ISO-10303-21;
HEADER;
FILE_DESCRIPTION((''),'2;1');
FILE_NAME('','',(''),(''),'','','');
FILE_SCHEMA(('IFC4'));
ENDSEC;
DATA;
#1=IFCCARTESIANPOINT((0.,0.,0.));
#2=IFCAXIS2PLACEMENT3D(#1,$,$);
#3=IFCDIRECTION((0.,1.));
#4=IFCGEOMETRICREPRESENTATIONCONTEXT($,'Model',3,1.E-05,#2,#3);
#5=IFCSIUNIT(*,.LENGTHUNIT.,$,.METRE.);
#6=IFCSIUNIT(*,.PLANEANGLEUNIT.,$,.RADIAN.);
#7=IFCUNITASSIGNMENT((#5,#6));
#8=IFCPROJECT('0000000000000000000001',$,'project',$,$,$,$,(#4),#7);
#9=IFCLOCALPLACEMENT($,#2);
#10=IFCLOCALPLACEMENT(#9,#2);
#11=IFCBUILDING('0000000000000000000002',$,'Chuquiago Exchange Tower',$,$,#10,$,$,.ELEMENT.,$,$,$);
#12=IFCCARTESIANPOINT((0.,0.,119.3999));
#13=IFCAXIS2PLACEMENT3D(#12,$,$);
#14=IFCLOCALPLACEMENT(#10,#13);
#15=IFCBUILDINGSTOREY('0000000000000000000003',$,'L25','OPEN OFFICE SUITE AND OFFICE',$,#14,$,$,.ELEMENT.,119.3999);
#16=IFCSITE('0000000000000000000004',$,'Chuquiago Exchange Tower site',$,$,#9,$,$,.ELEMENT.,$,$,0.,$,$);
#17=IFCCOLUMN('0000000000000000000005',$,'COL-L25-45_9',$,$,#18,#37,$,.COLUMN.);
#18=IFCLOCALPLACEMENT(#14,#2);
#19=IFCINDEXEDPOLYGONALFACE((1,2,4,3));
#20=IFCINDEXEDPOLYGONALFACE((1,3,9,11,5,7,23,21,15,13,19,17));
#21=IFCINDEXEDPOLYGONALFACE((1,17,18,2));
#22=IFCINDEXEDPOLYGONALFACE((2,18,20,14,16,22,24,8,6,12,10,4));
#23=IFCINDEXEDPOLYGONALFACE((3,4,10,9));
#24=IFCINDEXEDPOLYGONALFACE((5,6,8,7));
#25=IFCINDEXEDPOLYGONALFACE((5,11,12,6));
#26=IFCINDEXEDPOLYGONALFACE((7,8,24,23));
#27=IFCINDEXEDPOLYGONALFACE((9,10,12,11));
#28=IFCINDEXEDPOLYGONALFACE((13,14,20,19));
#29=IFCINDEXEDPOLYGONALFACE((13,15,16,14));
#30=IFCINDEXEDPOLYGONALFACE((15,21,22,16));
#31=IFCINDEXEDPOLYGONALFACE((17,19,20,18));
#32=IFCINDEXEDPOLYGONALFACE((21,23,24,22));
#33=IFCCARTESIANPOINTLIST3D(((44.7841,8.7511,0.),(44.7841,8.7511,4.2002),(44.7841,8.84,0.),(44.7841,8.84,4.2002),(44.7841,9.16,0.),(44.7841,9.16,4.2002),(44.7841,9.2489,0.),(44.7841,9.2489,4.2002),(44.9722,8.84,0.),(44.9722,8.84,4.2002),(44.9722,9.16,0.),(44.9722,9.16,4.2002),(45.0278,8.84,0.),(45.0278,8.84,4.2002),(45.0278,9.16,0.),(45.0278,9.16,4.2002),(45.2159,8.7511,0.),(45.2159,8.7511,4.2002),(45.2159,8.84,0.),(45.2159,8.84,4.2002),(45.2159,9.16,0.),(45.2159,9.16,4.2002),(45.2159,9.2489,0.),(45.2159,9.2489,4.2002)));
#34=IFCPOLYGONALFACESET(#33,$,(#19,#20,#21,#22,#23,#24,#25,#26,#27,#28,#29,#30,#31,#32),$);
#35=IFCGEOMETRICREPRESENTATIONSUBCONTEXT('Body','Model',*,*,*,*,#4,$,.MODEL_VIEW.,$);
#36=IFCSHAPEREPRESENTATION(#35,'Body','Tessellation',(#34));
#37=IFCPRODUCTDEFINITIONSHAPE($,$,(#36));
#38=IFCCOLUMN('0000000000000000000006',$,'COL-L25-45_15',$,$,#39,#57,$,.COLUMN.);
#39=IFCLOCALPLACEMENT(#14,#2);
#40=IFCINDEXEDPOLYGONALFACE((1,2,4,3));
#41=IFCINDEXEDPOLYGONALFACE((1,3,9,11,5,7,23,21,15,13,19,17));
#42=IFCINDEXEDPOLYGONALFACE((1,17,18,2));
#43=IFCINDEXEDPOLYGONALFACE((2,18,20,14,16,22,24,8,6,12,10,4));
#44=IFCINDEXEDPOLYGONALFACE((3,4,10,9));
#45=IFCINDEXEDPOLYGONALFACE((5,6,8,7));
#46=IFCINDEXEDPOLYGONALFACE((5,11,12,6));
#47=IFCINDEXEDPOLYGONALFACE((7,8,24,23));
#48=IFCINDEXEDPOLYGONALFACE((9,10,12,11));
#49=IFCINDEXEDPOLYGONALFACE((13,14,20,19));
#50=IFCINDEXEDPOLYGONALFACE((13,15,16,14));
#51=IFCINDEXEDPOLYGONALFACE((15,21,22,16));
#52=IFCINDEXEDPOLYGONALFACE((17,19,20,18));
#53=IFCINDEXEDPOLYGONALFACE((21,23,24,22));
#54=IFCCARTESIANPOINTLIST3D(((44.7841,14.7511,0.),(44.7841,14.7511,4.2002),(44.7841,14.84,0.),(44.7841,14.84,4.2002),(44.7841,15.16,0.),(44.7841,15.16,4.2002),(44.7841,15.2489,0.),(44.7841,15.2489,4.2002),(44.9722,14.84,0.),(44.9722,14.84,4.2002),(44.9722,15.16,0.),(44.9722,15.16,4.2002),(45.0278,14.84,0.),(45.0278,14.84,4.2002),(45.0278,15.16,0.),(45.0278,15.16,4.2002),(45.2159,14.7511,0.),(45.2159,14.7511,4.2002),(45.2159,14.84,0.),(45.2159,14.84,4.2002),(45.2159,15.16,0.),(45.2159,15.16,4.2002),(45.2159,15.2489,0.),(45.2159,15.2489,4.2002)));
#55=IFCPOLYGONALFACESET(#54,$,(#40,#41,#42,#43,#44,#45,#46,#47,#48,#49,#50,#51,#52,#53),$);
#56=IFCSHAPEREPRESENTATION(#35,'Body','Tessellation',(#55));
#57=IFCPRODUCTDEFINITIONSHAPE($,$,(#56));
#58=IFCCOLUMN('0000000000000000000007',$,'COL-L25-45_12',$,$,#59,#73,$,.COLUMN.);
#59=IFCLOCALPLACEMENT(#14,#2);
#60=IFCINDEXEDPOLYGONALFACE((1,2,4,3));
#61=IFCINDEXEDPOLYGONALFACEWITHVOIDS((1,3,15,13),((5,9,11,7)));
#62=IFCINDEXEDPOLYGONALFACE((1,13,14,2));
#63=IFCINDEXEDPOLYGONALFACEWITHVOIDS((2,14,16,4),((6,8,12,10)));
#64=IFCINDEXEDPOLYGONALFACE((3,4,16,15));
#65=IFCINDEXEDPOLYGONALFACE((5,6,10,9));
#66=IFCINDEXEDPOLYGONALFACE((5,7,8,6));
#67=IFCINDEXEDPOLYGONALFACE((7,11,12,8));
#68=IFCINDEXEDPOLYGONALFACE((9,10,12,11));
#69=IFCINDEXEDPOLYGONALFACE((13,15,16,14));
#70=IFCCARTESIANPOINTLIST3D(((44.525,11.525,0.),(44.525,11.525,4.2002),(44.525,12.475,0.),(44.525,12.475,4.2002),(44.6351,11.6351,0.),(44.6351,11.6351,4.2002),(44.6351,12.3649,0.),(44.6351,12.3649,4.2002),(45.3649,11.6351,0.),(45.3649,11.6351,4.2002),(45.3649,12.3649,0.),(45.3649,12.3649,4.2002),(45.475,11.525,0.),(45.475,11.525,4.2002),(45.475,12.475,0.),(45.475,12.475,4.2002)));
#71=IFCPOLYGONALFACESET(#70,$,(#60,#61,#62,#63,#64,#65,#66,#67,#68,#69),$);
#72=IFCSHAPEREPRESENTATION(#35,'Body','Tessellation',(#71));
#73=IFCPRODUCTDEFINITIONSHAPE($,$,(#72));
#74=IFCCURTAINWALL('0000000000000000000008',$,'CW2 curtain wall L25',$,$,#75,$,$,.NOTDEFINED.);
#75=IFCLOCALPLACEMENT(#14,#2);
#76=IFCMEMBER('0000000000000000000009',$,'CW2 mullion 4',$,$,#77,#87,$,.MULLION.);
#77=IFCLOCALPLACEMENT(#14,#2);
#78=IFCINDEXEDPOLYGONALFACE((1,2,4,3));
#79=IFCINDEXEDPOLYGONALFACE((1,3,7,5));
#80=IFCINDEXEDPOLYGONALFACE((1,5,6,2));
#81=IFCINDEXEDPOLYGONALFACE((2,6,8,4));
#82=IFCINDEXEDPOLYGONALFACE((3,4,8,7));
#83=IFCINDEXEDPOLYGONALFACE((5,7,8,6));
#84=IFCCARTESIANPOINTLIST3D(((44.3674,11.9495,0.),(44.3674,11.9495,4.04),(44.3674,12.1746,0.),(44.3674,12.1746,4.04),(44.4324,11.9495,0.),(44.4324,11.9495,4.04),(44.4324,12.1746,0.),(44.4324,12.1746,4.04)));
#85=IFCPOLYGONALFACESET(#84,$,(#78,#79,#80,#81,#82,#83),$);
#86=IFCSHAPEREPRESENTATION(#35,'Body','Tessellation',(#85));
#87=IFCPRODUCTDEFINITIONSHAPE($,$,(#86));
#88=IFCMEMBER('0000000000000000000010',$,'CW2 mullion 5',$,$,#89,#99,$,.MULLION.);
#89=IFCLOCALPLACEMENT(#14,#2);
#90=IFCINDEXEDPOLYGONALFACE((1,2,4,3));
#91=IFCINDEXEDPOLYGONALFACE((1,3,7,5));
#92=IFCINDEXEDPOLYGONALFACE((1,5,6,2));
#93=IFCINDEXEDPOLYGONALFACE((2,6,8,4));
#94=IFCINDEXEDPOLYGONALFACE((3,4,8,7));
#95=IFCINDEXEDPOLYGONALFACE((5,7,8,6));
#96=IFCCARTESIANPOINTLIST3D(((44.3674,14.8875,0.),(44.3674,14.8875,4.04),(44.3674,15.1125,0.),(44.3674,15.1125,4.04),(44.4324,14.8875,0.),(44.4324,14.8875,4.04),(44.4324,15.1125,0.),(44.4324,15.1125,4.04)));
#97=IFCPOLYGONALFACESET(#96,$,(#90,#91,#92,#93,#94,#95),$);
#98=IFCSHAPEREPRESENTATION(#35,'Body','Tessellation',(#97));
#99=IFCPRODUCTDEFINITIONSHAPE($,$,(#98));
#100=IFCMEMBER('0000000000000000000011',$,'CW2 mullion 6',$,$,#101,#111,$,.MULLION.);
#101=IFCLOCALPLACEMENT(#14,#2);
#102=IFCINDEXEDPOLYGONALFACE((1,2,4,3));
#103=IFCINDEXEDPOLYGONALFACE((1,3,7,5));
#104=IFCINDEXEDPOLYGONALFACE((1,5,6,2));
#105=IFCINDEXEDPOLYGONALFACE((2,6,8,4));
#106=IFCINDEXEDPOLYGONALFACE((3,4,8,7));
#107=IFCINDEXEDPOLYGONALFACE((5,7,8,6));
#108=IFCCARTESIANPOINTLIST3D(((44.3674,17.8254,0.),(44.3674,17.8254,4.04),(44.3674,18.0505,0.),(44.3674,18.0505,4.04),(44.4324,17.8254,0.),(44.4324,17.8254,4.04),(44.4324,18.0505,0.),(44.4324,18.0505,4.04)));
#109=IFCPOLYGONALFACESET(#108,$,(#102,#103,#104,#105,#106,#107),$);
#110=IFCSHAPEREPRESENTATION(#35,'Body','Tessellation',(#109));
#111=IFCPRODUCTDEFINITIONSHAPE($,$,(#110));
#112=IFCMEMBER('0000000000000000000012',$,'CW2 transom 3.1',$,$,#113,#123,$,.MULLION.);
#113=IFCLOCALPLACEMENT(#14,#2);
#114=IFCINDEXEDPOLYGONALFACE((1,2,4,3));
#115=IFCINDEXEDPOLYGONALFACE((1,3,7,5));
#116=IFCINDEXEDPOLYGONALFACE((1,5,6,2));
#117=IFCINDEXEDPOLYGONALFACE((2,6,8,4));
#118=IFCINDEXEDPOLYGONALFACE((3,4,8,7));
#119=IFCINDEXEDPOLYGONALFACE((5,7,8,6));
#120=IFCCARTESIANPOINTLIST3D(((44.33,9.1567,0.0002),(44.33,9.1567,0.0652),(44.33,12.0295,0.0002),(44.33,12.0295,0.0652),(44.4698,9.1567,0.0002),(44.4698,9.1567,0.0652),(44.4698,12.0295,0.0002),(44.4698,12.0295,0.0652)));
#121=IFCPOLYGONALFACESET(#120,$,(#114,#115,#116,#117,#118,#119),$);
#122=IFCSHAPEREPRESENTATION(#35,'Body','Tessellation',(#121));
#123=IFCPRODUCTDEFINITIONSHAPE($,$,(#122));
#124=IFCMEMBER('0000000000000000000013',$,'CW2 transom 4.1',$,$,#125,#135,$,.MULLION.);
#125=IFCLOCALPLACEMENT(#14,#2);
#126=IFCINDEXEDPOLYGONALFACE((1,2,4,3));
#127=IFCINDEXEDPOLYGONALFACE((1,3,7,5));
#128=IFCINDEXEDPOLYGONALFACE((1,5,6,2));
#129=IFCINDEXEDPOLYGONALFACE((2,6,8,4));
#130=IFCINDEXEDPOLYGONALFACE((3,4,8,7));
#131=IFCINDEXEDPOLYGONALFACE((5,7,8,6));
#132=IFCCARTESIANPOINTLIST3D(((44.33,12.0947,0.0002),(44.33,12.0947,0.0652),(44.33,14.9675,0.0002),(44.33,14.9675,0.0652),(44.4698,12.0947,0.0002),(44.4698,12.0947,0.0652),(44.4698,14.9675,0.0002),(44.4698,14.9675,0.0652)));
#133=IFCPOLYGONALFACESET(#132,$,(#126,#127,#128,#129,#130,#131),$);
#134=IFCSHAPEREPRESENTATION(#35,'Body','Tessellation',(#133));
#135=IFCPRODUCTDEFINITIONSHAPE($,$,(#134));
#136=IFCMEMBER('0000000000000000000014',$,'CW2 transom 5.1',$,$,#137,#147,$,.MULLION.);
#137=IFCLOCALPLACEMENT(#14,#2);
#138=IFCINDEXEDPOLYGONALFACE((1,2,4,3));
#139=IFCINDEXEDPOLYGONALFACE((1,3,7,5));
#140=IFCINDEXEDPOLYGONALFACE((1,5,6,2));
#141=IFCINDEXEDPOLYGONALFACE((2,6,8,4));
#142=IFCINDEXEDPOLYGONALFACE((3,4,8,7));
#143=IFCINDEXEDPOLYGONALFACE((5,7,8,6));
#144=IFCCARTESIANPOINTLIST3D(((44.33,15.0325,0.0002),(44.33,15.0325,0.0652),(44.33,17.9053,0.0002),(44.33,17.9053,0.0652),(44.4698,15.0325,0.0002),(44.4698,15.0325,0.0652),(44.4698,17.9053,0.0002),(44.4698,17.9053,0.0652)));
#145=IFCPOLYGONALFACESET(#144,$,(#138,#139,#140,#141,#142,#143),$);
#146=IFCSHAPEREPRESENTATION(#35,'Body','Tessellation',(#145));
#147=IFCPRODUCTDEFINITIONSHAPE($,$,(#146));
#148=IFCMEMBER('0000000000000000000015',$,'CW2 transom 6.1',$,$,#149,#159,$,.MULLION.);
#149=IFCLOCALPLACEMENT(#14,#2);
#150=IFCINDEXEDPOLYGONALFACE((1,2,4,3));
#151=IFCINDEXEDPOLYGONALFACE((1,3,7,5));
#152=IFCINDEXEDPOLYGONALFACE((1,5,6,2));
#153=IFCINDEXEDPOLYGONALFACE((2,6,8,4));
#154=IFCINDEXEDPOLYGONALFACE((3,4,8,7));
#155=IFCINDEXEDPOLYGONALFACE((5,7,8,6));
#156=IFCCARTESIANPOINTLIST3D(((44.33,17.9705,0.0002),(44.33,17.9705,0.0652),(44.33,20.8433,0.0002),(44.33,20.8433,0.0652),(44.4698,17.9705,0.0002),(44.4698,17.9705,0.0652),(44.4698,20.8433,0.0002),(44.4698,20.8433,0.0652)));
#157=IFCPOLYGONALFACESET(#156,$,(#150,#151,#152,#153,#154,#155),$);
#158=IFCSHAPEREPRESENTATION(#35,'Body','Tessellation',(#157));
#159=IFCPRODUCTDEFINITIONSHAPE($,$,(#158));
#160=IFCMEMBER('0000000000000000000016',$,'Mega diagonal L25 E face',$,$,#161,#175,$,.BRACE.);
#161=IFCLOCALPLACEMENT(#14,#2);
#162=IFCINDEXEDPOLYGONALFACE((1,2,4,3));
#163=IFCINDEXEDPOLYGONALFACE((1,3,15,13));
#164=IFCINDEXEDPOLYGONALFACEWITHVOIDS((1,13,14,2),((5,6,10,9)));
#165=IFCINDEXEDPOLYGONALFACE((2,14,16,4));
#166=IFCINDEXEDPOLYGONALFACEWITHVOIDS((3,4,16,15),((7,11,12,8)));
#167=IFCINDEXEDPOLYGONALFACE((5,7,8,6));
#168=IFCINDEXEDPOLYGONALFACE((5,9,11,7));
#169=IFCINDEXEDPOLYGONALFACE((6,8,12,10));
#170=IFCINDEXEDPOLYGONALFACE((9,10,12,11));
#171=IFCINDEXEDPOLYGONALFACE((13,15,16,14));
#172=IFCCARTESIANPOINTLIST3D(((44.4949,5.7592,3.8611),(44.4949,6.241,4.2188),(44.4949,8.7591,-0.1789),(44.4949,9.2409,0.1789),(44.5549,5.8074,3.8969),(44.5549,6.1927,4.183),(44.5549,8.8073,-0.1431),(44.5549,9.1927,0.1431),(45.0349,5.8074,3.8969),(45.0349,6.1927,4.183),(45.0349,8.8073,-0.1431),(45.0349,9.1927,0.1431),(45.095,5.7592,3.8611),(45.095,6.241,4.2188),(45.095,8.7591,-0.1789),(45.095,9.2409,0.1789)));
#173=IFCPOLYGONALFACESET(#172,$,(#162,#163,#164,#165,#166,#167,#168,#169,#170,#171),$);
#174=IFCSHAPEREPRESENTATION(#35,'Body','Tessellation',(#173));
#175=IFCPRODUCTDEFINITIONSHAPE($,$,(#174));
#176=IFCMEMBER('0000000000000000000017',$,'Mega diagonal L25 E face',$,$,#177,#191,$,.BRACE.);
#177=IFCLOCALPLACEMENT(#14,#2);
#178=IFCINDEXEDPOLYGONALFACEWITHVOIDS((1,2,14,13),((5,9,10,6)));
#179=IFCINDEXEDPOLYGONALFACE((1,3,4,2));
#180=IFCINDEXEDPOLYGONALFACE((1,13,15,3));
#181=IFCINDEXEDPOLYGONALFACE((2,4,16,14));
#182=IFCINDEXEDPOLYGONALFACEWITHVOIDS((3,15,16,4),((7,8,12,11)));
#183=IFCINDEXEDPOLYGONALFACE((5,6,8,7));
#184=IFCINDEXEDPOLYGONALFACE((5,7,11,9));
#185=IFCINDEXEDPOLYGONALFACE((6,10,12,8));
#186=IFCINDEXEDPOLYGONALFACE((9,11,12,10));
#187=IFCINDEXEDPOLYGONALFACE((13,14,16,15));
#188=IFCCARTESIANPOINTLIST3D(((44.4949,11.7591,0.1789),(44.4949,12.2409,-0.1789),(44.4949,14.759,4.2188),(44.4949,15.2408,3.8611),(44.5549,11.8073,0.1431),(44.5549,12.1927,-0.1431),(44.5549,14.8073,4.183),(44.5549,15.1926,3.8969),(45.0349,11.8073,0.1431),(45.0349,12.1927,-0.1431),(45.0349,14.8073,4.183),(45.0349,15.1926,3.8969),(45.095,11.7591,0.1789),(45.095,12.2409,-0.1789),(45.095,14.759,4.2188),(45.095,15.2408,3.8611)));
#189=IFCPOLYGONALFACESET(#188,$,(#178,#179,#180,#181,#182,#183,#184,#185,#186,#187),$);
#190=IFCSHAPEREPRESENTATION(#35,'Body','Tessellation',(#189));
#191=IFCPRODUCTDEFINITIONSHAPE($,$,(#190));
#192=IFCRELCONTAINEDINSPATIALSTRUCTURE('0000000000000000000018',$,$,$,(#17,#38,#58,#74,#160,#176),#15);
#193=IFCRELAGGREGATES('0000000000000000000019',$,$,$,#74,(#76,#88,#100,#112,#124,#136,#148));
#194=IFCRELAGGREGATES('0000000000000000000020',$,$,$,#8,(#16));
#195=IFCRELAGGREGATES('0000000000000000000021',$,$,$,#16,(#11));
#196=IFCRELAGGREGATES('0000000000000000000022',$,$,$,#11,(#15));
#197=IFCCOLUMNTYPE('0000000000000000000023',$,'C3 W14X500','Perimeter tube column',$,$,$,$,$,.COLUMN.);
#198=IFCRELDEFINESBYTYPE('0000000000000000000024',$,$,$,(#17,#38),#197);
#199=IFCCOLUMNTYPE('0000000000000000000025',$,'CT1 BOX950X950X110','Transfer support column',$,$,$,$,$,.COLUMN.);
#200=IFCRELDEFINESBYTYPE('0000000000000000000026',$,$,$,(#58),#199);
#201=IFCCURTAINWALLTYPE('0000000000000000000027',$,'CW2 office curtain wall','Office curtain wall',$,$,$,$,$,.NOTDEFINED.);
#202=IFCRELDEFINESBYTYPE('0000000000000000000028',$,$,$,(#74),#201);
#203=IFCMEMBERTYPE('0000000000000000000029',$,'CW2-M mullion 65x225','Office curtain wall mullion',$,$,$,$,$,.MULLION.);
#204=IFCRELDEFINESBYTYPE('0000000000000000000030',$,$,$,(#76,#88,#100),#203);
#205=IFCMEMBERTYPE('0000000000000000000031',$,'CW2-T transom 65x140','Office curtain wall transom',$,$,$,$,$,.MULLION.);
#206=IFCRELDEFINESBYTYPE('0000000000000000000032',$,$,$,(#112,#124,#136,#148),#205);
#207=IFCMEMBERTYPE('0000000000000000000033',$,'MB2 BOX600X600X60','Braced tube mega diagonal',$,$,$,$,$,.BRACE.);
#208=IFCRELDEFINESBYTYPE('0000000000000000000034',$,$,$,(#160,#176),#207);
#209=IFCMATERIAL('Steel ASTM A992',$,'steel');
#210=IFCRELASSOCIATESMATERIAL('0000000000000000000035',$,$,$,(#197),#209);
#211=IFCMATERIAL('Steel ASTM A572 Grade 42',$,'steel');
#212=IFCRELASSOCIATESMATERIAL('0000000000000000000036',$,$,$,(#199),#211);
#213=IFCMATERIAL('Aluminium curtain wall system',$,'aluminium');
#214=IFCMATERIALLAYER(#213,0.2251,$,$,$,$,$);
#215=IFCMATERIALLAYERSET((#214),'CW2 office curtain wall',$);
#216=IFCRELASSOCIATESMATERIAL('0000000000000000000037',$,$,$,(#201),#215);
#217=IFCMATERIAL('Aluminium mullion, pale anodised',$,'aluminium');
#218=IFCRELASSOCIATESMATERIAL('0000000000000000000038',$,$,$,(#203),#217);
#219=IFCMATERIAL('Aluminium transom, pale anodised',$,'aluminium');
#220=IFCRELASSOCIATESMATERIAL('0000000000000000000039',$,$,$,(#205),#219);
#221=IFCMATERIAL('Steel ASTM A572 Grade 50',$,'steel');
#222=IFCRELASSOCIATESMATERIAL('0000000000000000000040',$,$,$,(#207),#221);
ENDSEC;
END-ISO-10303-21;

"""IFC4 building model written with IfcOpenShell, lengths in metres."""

from ifc_helpers import new_model, si_unit, direction, frame, origin, origin_2d, place, context, subcontext, project, spatial, rectangle, hollow_rectangle, i_section, extrude, material, layer, layer_set, material_profile, profile_set, type_object, element, aggregate, save


model = new_model("IFC4")

# Units and contexts
model_context = context("Model", 3, precision=1e-05, world=origin(), true_north=direction((0.0, 1.0)))
body_context = subcontext(model_context, "Body", "Model", "MODEL_VIEW")
ifc_project = project(units=[si_unit("LENGTHUNIT", "METRE"), si_unit("PLANEANGLEUNIT", "RADIAN")], contexts=[model_context])

# Site, building, storey
site_placement = place(None, origin())
site = spatial("IfcSite", under=ifc_project, at=site_placement, Name="Chuquiago Exchange Tower site", CompositionType="ELEMENT", RefElevation=0.0)
building_placement = place(site_placement, origin())
building = spatial("IfcBuilding", under=site, at=building_placement, Name="Chuquiago Exchange Tower", CompositionType="ELEMENT")
storey_placement = place(building_placement, frame((0.0, 0.0, 119.3999)))
storey = spatial("IfcBuildingStorey", under=building, at=storey_placement, Name="L25", Description="OPEN OFFICE SUITE AND OFFICE", CompositionType="ELEMENT", Elevation=119.3999)

# Columns
ifc_material_1 = material(Name="Steel ASTM A992", Category="steel")
ifc_material_profile_1 = material_profile(ifc_material_1, i_section(OverallWidth=0.4319, OverallDepth=0.4978, WebThickness=0.0557, FlangeThickness=0.0889, at=origin_2d()), Name="W14X500")
ifc_profile_set_1 = profile_set([ifc_material_profile_1], Name="Steel ASTM A992")
column_type_1 = type_object("IfcColumnType", Name="C3 W14X500", Description="Perimeter tube column", PredefinedType="COLUMN", material=ifc_profile_set_1)
for number, where, z_axis, x_axis, name in (
    (1, (45.0, 9.0, 0.0), (0.0, 0.0, 1.0), (1.0, 0.0, 0.0), "COL-L25-45_9"),
    (2, (45.0, 15.0, 0.0), (0.0, 0.0, 1.0), (1.0, 0.0, 0.0), "COL-L25-45_15"),
):
    element("IfcColumn", number, at=place(storey_placement, frame(where, z_axis=z_axis, x_axis=x_axis)), inside=storey, type_object=column_type_1, Name=name, PredefinedType="COLUMN", context=body_context, shape_type="SweptSolid", body=[
        extrude(i_section(OverallWidth=0.4319, OverallDepth=0.4978, WebThickness=0.0557, FlangeThickness=0.0889, at=origin_2d()), origin(), (0.0, 0.0, 1.0), 4.2002),
    ])
ifc_material_2 = material(Name="Steel ASTM A572 Grade 42", Category="steel")
ifc_material_profile_2 = material_profile(ifc_material_2, hollow_rectangle(XDim=0.95, YDim=0.95, WallThickness=0.1101, at=origin_2d()), Name="BOX950X950X110")
ifc_profile_set_2 = profile_set([ifc_material_profile_2], Name="Steel ASTM A572 Grade 42")
column_type_2 = type_object("IfcColumnType", Name="CT1 BOX950X950X110", Description="Transfer support column", PredefinedType="COLUMN", material=ifc_profile_set_2)
column_placement = place(storey_placement, frame((45.0, 12.0, 0.0), z_axis=(0.0, 0.0, 1.0), x_axis=(1.0, 0.0, 0.0)))
element("IfcColumn", 3, at=column_placement, inside=storey, type_object=column_type_2, Name="COL-L25-45_12", PredefinedType="COLUMN", context=body_context, shape_type="SweptSolid", body=[
    extrude(hollow_rectangle(XDim=0.95, YDim=0.95, WallThickness=0.1101, at=origin_2d()), origin(), (0.0, 0.0, 1.0), 4.2002),
])

# Curtain wall, members
ifc_material_3 = material(Name="Aluminium curtain wall system", Category="aluminium")
ifc_layer_1 = layer(ifc_material_3, 0.2251)
ifc_layer_set_1 = layer_set([ifc_layer_1], Name="CW2 office curtain wall")
curtain_wall_type = type_object("IfcCurtainWallType", Name="CW2 office curtain wall", Description="Office curtain wall", PredefinedType="NOTDEFINED", material=ifc_layer_set_1)
curtain_wall_placement = place(storey_placement, origin())
curtain_wall = element("IfcCurtainWall", 4, at=curtain_wall_placement, inside=storey, type_object=curtain_wall_type, Name="CW2 curtain wall L25", PredefinedType="NOTDEFINED")
ifc_material_4 = material(Name="Aluminium mullion, pale anodised", Category="aluminium")
ifc_material_profile_3 = material_profile(ifc_material_4, rectangle(XDim=0.0649, YDim=0.2251, at=origin_2d()), Name="AL 65x225")
ifc_profile_set_3 = profile_set([ifc_material_profile_3], Name="Aluminium mullion, pale anodised")
member_type_1 = type_object("IfcMemberType", Name="CW2-M mullion 65x225", Description="Office curtain wall mullion", PredefinedType="MULLION", material=ifc_profile_set_3)
member_1_placement = place(storey_placement, frame((44.3999, 12.062, 0.0), z_axis=(0.0, 0.0, 1.0), x_axis=(-1.0, 0.0, 0.0)))
member_1 = element("IfcMember", 5, at=member_1_placement, type_object=member_type_1, Name="CW2 mullion 4", PredefinedType="MULLION", context=body_context, shape_type="SweptSolid", body=[
    extrude(rectangle(XDim=0.0649, YDim=0.2251, at=origin_2d()), origin(), (0.0, 0.0, 1.0), 4.04),
])
member_2_placement = place(storey_placement, frame((44.3999, 15.0, 0.0), z_axis=(0.0, 0.0, 1.0), x_axis=(-1.0, 0.0, 0.0)))
member_2 = element("IfcMember", 6, at=member_2_placement, type_object=member_type_1, Name="CW2 mullion 5", PredefinedType="MULLION", context=body_context, shape_type="SweptSolid", body=[
    extrude(rectangle(XDim=0.0649, YDim=0.2251, at=origin_2d()), origin(), (0.0, 0.0, 1.0), 4.04),
])
member_3_placement = place(storey_placement, frame((44.3999, 17.938, 0.0), z_axis=(0.0, 0.0, 1.0), x_axis=(-1.0, 0.0, 0.0)))
member_3 = element("IfcMember", 7, at=member_3_placement, type_object=member_type_1, Name="CW2 mullion 6", PredefinedType="MULLION", context=body_context, shape_type="SweptSolid", body=[
    extrude(rectangle(XDim=0.0649, YDim=0.2251, at=origin_2d()), origin(), (0.0, 0.0, 1.0), 4.04),
])
ifc_material_5 = material(Name="Aluminium transom, pale anodised", Category="aluminium")
ifc_material_profile_4 = material_profile(ifc_material_5, rectangle(XDim=0.1399, YDim=0.0649, at=origin_2d()), Name="AL 140x65")
ifc_profile_set_4 = profile_set([ifc_material_profile_4], Name="Aluminium transom, pale anodised")
member_type_2 = type_object("IfcMemberType", Name="CW2-T transom 65x140", Description="Office curtain wall transom", PredefinedType="MULLION", material=ifc_profile_set_4)
member_4_placement = place(storey_placement, frame((44.3999, 9.1567, 0.0327), z_axis=(0.0, 1.0, 0.0), x_axis=(-1.0, 0.0, 0.0)))
member_4 = element("IfcMember", 8, at=member_4_placement, type_object=member_type_2, Name="CW2 transom 3.1", PredefinedType="MULLION", context=body_context, shape_type="SweptSolid", body=[
    extrude(rectangle(XDim=0.1399, YDim=0.0649, at=origin_2d()), origin(), (0.0, 0.0, 1.0), 2.8728),
])
member_5_placement = place(storey_placement, frame((44.3999, 12.0947, 0.0327), z_axis=(0.0, 1.0, 0.0), x_axis=(-1.0, 0.0, 0.0)))
member_5 = element("IfcMember", 9, at=member_5_placement, type_object=member_type_2, Name="CW2 transom 4.1", PredefinedType="MULLION", context=body_context, shape_type="SweptSolid", body=[
    extrude(rectangle(XDim=0.1399, YDim=0.0649, at=origin_2d()), origin(), (0.0, 0.0, 1.0), 2.8728),
])
member_6_placement = place(storey_placement, frame((44.3999, 15.0325, 0.0327), z_axis=(0.0, 1.0, 0.0), x_axis=(-1.0, 0.0, 0.0)))
member_6 = element("IfcMember", 10, at=member_6_placement, type_object=member_type_2, Name="CW2 transom 5.1", PredefinedType="MULLION", context=body_context, shape_type="SweptSolid", body=[
    extrude(rectangle(XDim=0.1399, YDim=0.0649, at=origin_2d()), origin(), (0.0, 0.0, 1.0), 2.8728),
])
member_7_placement = place(storey_placement, frame((44.3999, 17.9705, 0.0327), z_axis=(0.0, 1.0, 0.0), x_axis=(-1.0, 0.0, 0.0)))
member_7 = element("IfcMember", 11, at=member_7_placement, type_object=member_type_2, Name="CW2 transom 6.1", PredefinedType="MULLION", context=body_context, shape_type="SweptSolid", body=[
    extrude(rectangle(XDim=0.1399, YDim=0.0649, at=origin_2d()), origin(), (0.0, 0.0, 1.0), 2.8728),
])

# Members
ifc_material_6 = material(Name="Steel ASTM A572 Grade 50", Category="steel")
ifc_material_profile_5 = material_profile(ifc_material_6, hollow_rectangle(XDim=0.6001, YDim=0.6001, WallThickness=0.0601, at=origin_2d()), Name="BOX600X600X60")
ifc_profile_set_5 = profile_set([ifc_material_profile_5], Name="Steel ASTM A572 Grade 50")
member_type_3 = type_object("IfcMemberType", Name="MB2 BOX600X600X60", Description="Braced tube mega diagonal", PredefinedType="BRACE", material=ifc_profile_set_5)
for number, where, z_axis, x_axis, name in (
    (12, (44.7949, 9.0, 0.0), (0.0, -0.596174, 0.802855), (1.0, 0.0, 0.0), "Mega diagonal L25 E face"),
    (13, (44.7949, 12.0, 0.0), (0.0, 0.596174, 0.802855), (-1.0, 0.0, 0.0), "Mega diagonal L25 E face"),
):
    element("IfcMember", number, at=place(storey_placement, frame(where, z_axis=z_axis, x_axis=x_axis)), inside=storey, type_object=member_type_3, Name=name, PredefinedType="BRACE", context=body_context, shape_type="SweptSolid", body=[
        extrude(hollow_rectangle(XDim=0.6001, YDim=0.6001, WallThickness=0.0601, at=origin_2d()), origin(), (0.0, 0.0, 1.0), 5.032),
    ])

aggregate(curtain_wall, [member_1, member_2, member_3, member_4, member_5, member_6, member_7])

save(model, "model.ifc")
